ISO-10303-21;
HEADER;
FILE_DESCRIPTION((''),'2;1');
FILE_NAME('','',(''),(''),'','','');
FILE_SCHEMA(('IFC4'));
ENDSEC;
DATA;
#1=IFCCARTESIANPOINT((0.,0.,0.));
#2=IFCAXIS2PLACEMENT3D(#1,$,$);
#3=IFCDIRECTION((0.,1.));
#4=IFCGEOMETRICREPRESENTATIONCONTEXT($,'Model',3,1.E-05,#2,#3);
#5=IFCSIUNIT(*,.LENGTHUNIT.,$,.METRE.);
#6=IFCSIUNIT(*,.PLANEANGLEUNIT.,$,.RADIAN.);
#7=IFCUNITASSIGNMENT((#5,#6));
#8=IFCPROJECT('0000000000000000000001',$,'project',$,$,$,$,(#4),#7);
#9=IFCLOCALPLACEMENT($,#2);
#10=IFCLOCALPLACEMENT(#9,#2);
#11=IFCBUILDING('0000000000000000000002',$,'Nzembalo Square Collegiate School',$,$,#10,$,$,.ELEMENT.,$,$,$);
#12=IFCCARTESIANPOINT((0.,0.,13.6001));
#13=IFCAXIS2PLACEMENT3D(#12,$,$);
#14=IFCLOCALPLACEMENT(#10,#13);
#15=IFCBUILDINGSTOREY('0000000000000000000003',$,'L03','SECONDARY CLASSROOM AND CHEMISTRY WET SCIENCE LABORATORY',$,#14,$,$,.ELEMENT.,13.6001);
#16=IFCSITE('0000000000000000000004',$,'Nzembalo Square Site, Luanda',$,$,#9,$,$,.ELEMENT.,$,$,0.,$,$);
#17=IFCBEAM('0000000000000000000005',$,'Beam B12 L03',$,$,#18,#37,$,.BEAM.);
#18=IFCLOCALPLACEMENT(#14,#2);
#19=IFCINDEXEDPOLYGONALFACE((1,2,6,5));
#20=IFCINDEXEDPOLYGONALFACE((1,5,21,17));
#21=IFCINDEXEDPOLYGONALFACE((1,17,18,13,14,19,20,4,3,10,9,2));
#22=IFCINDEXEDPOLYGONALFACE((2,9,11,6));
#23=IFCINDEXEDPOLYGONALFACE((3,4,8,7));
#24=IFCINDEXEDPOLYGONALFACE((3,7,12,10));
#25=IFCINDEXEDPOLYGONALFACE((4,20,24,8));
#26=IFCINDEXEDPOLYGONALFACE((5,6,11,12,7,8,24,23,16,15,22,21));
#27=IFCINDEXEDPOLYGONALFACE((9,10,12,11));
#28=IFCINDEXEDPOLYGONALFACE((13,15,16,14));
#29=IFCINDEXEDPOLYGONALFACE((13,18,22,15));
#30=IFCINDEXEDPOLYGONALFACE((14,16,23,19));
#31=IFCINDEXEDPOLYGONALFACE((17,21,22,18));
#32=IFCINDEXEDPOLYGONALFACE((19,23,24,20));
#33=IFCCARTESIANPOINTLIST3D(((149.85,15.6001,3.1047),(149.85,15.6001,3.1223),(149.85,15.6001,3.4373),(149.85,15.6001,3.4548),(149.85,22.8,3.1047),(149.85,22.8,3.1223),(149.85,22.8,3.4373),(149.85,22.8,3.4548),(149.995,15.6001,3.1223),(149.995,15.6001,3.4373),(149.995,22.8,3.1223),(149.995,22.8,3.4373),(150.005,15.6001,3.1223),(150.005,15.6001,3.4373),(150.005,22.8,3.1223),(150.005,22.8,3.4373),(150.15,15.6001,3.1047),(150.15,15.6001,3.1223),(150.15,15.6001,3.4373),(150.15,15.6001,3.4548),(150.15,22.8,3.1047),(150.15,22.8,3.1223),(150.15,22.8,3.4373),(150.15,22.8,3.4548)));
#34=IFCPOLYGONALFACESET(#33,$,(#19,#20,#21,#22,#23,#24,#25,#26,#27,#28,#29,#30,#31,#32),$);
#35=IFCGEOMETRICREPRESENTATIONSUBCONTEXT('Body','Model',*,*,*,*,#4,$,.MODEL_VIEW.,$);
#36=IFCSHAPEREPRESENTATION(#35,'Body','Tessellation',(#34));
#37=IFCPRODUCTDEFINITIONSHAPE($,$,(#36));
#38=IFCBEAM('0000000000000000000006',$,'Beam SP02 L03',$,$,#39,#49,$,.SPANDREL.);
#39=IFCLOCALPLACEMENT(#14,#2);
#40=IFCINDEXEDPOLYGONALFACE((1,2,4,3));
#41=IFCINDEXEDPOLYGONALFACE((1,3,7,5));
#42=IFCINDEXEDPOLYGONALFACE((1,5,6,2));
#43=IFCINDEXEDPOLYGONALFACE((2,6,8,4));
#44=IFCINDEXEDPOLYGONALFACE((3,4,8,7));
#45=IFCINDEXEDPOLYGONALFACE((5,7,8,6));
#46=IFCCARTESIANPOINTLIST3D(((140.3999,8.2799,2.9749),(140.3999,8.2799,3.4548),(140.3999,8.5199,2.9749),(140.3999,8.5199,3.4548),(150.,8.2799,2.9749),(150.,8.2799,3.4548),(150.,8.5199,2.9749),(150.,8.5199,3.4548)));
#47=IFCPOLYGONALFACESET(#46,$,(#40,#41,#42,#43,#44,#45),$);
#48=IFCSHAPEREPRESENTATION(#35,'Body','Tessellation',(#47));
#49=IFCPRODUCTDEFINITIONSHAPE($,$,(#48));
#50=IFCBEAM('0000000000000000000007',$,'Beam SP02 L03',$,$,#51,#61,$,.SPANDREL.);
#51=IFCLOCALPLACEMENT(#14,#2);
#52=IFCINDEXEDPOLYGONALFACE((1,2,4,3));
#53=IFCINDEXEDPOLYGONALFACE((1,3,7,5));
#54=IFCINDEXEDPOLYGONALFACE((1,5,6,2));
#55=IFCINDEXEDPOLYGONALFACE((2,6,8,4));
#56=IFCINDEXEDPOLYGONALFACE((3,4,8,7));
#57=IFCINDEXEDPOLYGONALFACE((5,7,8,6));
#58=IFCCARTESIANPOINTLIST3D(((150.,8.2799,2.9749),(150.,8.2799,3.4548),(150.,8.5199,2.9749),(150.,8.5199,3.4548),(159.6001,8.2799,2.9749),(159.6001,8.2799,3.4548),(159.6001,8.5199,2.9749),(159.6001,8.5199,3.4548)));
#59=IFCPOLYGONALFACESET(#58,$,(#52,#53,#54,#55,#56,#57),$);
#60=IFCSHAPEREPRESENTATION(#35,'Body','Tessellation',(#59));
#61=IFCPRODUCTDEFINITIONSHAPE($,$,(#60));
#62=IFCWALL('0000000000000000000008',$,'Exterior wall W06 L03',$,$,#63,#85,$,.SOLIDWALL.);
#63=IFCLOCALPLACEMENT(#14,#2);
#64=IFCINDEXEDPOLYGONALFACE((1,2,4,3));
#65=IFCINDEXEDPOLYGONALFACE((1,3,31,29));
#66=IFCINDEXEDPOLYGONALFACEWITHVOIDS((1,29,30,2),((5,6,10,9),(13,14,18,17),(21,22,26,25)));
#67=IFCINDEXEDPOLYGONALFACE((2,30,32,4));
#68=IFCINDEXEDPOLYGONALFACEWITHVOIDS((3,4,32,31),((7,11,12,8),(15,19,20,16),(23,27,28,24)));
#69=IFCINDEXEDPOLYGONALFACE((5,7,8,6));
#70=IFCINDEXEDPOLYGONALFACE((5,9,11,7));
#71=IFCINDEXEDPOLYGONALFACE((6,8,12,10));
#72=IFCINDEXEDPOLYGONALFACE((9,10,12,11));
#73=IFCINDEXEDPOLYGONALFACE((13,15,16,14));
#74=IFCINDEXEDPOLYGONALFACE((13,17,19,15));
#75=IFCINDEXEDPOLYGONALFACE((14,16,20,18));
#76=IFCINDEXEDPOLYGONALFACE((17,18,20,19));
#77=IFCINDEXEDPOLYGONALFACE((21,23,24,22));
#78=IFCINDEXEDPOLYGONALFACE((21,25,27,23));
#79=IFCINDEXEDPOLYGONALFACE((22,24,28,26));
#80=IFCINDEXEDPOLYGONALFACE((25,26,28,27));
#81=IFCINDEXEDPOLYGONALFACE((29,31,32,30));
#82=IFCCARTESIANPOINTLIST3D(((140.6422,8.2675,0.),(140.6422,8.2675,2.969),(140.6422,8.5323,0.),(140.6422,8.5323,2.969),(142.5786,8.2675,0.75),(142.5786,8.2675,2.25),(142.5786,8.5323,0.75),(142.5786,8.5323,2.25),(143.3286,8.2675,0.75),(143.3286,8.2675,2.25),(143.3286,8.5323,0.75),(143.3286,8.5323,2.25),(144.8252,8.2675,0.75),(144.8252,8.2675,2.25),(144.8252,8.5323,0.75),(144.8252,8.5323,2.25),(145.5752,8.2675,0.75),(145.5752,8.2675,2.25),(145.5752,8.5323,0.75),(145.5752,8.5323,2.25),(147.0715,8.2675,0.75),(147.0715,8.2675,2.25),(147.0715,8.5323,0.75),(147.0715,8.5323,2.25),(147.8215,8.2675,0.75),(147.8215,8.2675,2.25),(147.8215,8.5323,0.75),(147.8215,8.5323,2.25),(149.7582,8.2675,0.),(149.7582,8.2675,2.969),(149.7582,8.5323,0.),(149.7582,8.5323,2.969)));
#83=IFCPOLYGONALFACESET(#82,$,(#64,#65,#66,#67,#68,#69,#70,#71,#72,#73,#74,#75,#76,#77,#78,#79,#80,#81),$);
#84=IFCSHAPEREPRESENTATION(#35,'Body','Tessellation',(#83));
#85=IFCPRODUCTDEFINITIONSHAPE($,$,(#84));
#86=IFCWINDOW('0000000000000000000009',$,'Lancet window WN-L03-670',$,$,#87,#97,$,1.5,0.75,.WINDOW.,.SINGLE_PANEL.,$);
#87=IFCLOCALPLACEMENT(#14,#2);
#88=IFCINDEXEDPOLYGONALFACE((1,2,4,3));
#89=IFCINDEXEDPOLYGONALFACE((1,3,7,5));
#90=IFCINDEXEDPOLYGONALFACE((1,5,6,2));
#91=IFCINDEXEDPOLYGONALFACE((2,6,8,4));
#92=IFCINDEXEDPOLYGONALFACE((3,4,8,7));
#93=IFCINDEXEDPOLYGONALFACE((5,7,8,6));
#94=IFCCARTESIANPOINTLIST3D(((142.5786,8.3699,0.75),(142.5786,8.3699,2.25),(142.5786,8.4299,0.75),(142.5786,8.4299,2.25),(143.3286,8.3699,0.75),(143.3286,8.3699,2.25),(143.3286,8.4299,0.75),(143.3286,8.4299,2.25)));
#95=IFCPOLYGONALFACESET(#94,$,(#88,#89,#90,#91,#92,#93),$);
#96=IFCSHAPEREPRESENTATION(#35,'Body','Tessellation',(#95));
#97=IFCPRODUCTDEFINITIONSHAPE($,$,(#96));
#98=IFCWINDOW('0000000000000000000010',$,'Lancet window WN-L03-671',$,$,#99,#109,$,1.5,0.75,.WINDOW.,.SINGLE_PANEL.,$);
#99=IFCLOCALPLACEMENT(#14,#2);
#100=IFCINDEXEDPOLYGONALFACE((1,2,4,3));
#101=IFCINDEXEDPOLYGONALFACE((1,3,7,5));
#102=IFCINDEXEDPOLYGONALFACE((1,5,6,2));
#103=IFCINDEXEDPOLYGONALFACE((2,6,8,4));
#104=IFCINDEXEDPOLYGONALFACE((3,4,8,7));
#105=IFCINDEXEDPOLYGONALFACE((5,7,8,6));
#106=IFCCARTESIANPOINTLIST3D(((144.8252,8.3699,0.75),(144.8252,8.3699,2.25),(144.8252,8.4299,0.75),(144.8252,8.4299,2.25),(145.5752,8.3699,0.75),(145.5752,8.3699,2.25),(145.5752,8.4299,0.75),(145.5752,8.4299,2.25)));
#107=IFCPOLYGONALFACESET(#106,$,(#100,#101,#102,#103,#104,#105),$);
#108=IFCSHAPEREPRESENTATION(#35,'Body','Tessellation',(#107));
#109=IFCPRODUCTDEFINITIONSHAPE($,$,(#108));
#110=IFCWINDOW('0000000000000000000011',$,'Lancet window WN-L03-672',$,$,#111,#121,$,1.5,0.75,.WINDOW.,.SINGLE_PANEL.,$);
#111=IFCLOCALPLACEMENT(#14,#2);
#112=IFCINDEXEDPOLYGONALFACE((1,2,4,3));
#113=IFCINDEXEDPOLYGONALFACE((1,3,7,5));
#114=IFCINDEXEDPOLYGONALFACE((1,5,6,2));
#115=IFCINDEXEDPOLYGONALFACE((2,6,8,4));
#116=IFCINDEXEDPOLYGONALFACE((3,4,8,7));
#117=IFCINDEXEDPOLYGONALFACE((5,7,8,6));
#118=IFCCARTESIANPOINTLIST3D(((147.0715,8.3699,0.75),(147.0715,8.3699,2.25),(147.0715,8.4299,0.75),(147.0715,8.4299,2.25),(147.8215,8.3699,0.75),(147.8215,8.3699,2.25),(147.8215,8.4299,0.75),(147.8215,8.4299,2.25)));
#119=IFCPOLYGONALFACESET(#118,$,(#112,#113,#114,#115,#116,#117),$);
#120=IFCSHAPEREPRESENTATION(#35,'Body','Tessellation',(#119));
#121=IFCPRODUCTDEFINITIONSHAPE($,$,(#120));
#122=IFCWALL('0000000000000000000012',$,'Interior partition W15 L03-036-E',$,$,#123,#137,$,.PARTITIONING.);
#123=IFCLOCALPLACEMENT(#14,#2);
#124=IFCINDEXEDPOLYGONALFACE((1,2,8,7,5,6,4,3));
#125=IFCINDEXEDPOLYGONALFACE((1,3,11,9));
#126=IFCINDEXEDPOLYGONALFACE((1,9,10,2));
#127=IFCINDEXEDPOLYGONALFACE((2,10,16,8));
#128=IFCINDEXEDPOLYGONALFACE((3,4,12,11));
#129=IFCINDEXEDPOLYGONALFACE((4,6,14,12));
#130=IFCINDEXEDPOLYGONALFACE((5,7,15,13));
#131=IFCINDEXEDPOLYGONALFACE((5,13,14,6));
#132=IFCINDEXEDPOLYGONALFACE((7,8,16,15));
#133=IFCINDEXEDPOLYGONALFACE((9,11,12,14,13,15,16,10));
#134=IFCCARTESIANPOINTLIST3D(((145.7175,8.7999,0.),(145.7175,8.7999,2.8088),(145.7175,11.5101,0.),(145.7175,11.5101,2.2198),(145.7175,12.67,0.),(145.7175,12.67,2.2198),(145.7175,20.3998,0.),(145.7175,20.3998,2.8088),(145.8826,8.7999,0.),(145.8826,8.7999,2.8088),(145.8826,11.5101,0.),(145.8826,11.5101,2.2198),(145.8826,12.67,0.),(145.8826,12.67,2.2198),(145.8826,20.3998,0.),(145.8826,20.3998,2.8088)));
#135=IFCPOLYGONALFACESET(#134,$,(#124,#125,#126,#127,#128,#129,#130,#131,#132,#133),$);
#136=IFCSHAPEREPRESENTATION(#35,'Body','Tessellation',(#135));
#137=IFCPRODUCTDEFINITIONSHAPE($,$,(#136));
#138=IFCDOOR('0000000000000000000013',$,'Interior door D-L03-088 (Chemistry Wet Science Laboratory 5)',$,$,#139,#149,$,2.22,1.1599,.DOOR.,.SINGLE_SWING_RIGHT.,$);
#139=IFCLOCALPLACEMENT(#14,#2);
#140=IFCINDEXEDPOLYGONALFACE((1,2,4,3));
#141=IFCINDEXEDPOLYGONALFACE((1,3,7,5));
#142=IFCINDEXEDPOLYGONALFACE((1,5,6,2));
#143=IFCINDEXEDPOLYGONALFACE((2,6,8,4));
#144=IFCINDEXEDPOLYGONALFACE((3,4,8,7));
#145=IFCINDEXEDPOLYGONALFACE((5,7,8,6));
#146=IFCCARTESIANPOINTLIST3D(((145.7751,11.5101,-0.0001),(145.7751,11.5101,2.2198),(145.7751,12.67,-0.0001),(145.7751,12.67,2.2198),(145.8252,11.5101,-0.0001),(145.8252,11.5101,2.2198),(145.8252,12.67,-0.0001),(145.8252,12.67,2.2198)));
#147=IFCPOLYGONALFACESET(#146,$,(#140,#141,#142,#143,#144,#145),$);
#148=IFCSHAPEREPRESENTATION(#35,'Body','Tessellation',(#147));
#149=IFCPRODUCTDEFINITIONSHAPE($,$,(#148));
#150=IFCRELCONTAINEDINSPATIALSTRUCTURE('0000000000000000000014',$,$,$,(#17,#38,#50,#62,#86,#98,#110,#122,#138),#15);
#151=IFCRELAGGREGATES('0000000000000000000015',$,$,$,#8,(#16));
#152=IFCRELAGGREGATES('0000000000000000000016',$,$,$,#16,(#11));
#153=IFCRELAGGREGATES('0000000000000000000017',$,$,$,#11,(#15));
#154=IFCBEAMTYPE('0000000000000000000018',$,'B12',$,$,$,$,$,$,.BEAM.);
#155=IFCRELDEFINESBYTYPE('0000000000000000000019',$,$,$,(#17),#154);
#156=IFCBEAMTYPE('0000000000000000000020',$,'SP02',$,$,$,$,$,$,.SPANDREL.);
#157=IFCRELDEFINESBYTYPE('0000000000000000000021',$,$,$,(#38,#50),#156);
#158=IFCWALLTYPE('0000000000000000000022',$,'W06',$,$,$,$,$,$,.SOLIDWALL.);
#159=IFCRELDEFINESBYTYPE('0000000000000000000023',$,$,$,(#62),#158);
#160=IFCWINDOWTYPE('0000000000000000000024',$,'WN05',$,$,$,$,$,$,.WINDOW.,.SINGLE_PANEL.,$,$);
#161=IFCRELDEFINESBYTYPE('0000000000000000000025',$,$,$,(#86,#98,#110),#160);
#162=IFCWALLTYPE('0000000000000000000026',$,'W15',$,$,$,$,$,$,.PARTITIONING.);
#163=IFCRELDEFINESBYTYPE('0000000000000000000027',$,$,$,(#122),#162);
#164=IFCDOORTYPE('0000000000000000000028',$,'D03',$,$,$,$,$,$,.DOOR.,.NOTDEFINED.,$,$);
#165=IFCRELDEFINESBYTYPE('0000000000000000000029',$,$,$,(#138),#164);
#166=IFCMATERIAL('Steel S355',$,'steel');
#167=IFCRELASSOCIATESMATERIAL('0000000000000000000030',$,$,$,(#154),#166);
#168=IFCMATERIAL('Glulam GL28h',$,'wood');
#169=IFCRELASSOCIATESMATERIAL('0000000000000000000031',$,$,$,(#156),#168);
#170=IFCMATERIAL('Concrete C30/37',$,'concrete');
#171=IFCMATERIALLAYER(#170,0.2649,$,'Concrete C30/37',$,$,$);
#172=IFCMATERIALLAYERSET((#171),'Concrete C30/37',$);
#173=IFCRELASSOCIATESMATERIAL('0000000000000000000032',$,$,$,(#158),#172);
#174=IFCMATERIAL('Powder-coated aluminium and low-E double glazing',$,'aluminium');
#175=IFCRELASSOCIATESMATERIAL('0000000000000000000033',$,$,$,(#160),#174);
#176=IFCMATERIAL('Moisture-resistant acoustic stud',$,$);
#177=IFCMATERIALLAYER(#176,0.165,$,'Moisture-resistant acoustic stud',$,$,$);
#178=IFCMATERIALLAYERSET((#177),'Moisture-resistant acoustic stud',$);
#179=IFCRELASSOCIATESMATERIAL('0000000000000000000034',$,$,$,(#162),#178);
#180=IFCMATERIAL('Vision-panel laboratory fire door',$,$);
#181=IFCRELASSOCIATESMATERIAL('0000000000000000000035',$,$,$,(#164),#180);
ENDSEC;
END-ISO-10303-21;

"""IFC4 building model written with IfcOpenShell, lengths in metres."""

from ifc_helpers import new_model, si_unit, direction, frame, frame_2d, origin, origin_2d, place, context, subcontext, project, spatial, rectangle, i_section, extrude, material, layer, layer_set, material_profile, profile_set, type_object, element, fill, save


model = new_model("IFC4")

# Units and contexts
model_context = context("Model", 3, precision=1e-05, world=origin(), true_north=direction((0.0, 1.0)))
body_context = subcontext(model_context, "Body", "Model", "MODEL_VIEW")
ifc_project = project(units=[si_unit("LENGTHUNIT", "METRE"), si_unit("PLANEANGLEUNIT", "RADIAN")], contexts=[model_context])

# Site, building, storey
site_placement = place(None, origin())
site = spatial("IfcSite", under=ifc_project, at=site_placement, Name="Nzembalo Square Site, Luanda", CompositionType="ELEMENT", RefElevation=0.0)
building_placement = place(site_placement, origin())
building = spatial("IfcBuilding", under=site, at=building_placement, Name="Nzembalo Square Collegiate School", CompositionType="ELEMENT")
storey_placement = place(building_placement, frame((0.0, 0.0, 13.6001)))
storey = spatial("IfcBuildingStorey", under=building, at=storey_placement, Name="L03", Description="SECONDARY CLASSROOM AND CHEMISTRY WET SCIENCE LABORATORY", CompositionType="ELEMENT", Elevation=13.6001)

# Beams
ifc_material_1 = material(Name="Steel S355", Category="steel")
ifc_material_profile_1 = material_profile(ifc_material_1, i_section(OverallWidth=0.3, OverallDepth=0.3501, WebThickness=0.01, FlangeThickness=0.0176, at=origin_2d()), Name="HEA 360")
ifc_profile_set_1 = profile_set([ifc_material_profile_1], Name="Steel S355")
beam_type_1 = type_object("IfcBeamType", Name="B12", PredefinedType="BEAM", material=ifc_profile_set_1)
beam_1_placement = place(storey_placement, frame((150.0, 15.6001, 3.2798), z_axis=(0.0, 1.0, 0.0), x_axis=(-1.0, 0.0, 0.0)))
element("IfcBeam", 1, at=beam_1_placement, inside=storey, type_object=beam_type_1, Name="Beam B12 L03", PredefinedType="BEAM", context=body_context, shape_type="SweptSolid", body=[
    extrude(i_section(OverallWidth=0.3, OverallDepth=0.3501, WebThickness=0.01, FlangeThickness=0.0176, at=origin_2d()), origin(), (0.0, 0.0, 1.0), 7.2),
])
ifc_material_2 = material(Name="Glulam GL28h", Category="wood")
ifc_material_profile_2 = material_profile(ifc_material_2, rectangle(XDim=0.24, YDim=0.48, at=origin_2d()), Name="GL28h 240x480")
ifc_profile_set_2 = profile_set([ifc_material_profile_2], Name="Glulam GL28h")
beam_type_2 = type_object("IfcBeamType", Name="SP02", PredefinedType="SPANDREL", material=ifc_profile_set_2)
for number, where, z_axis, x_axis, name in (
    (2, (140.3999, 8.3999, 3.2148), (1.0, 0.0, 0.0), (0.0, 1.0, 0.0), "Beam SP02 L03"),
    (3, (150.0, 8.3999, 3.2148), (1.0, 0.0, 0.0), (0.0, 1.0, 0.0), "Beam SP02 L03"),
):
    element("IfcBeam", number, at=place(storey_placement, frame(where, z_axis=z_axis, x_axis=x_axis)), inside=storey, type_object=beam_type_2, Name=name, PredefinedType="SPANDREL", context=body_context, shape_type="SweptSolid", body=[
        extrude(rectangle(XDim=0.24, YDim=0.48, at=origin_2d()), origin(), (0.0, 0.0, 1.0), 9.6001),
    ])

# Wall, openings, windows
ifc_material_3 = material(Name="Concrete C30/37", Category="concrete")
ifc_layer_1 = layer(ifc_material_3, 0.2649, Name="Concrete C30/37")
ifc_layer_set_1 = layer_set([ifc_layer_1], Name="Concrete C30/37")
wall_type_1 = type_object("IfcWallType", Name="W06", PredefinedType="SOLIDWALL", material=ifc_layer_set_1)
wall_1_placement = place(storey_placement, frame((140.6421, 8.3999, 0.0), z_axis=(0.0, 0.0, 1.0), x_axis=(1.0, 0.0, 0.0)))
wall_1 = element("IfcWall", 4, at=wall_1_placement, inside=storey, type_object=wall_type_1, Name="Exterior wall W06 L03", PredefinedType="SOLIDWALL", context=body_context, shape_type="SweptSolid", body=[
    extrude(rectangle(XDim=9.116, YDim=0.2649, at=frame_2d((4.5581, 0.0))), origin(), (0.0, 0.0, 1.0), 2.969),
])
opening_1_placement = place(wall_1_placement, frame((1.9365, 0.0, 0.75)))
opening_1 = element("IfcOpeningElement", 5, at=opening_1_placement, cuts=wall_1, PredefinedType="OPENING", context=body_context, shape_type="SweptSolid", body=[
    extrude(rectangle(XDim=0.75, YDim=1.5, at=frame_2d((0.375, 0.75))), frame((0.0, 0.1426, 0.0), z_axis=(0.0, -1.0, 0.0), x_axis=(1.0, 0.0, 0.0)), (0.0, 0.0, 1.0), 0.2849),
])
opening_2_placement = place(wall_1_placement, frame((4.1831, 0.0, 0.75)))
opening_2 = element("IfcOpeningElement", 6, at=opening_2_placement, cuts=wall_1, PredefinedType="OPENING", context=body_context, shape_type="SweptSolid", body=[
    extrude(rectangle(XDim=0.75, YDim=1.5, at=frame_2d((0.375, 0.75))), frame((0.0, 0.1426, 0.0), z_axis=(0.0, -1.0, 0.0), x_axis=(1.0, 0.0, 0.0)), (0.0, 0.0, 1.0), 0.2849),
])
opening_3_placement = place(wall_1_placement, frame((6.4294, 0.0, 0.75)))
opening_3 = element("IfcOpeningElement", 7, at=opening_3_placement, cuts=wall_1, PredefinedType="OPENING", context=body_context, shape_type="SweptSolid", body=[
    extrude(rectangle(XDim=0.75, YDim=1.5, at=frame_2d((0.375, 0.75))), frame((0.0, 0.1426, 0.0), z_axis=(0.0, -1.0, 0.0), x_axis=(1.0, 0.0, 0.0)), (0.0, 0.0, 1.0), 0.2849),
])
ifc_material_4 = material(Name="Powder-coated aluminium and low-E double glazing", Category="aluminium")
window_type = type_object("IfcWindowType", Name="WN05", PartitioningType="SINGLE_PANEL", PredefinedType="WINDOW", material=ifc_material_4)
window_1_placement = place(opening_1_placement, origin())
window_1 = element("IfcWindow", 8, at=window_1_placement, inside=storey, type_object=window_type, Name="Lancet window WN-L03-670", OverallHeight=1.5, OverallWidth=0.75, PartitioningType="SINGLE_PANEL", PredefinedType="WINDOW", context=body_context, shape_type="SweptSolid", body=[
    extrude(rectangle(XDim=0.75, YDim=1.5, at=frame_2d((0.375, 0.75))), frame((0.0, 0.03, 0.0), z_axis=(0.0, -1.0, 0.0), x_axis=(1.0, 0.0, 0.0)), (0.0, 0.0, 1.0), 0.0601),
])
fill(opening_1, window_1)
window_2_placement = place(opening_2_placement, origin())
window_2 = element("IfcWindow", 9, at=window_2_placement, inside=storey, type_object=window_type, Name="Lancet window WN-L03-671", OverallHeight=1.5, OverallWidth=0.75, PartitioningType="SINGLE_PANEL", PredefinedType="WINDOW", context=body_context, shape_type="SweptSolid", body=[
    extrude(rectangle(XDim=0.75, YDim=1.5, at=frame_2d((0.375, 0.75))), frame((0.0, 0.03, 0.0), z_axis=(0.0, -1.0, 0.0), x_axis=(1.0, 0.0, 0.0)), (0.0, 0.0, 1.0), 0.0601),
])
fill(opening_2, window_2)
window_3_placement = place(opening_3_placement, origin())
window_3 = element("IfcWindow", 10, at=window_3_placement, inside=storey, type_object=window_type, Name="Lancet window WN-L03-672", OverallHeight=1.5, OverallWidth=0.75, PartitioningType="SINGLE_PANEL", PredefinedType="WINDOW", context=body_context, shape_type="SweptSolid", body=[
    extrude(rectangle(XDim=0.75, YDim=1.5, at=frame_2d((0.375, 0.75))), frame((0.0, 0.03, 0.0), z_axis=(0.0, -1.0, 0.0), x_axis=(1.0, 0.0, 0.0)), (0.0, 0.0, 1.0), 0.0601),
])
fill(opening_3, window_3)

# Wall, opening, door
ifc_material_5 = material(Name="Moisture-resistant acoustic stud")
ifc_layer_2 = layer(ifc_material_5, 0.165, Name="Moisture-resistant acoustic stud")
ifc_layer_set_2 = layer_set([ifc_layer_2], Name="Moisture-resistant acoustic stud")
wall_type_2 = type_object("IfcWallType", Name="W15", PredefinedType="PARTITIONING", material=ifc_layer_set_2)
wall_2_placement = place(storey_placement, frame((145.8, 8.8, 0.0), z_axis=(0.0, 0.0, 1.0), x_axis=(0.0, 1.0, 0.0)))
wall_2 = element("IfcWall", 11, at=wall_2_placement, inside=storey, type_object=wall_type_2, Name="Interior partition W15 L03-036-E", PredefinedType="PARTITIONING", context=body_context, shape_type="SweptSolid", body=[
    extrude(rectangle(XDim=11.5999, YDim=0.165, at=frame_2d((5.7998, 0.0))), origin(), (0.0, 0.0, 1.0), 2.8088),
])
opening_4_placement = place(wall_2_placement, frame((2.71, 0.0, 0.0)))
opening_4 = element("IfcOpeningElement", 12, at=opening_4_placement, cuts=wall_2, PredefinedType="OPENING", context=body_context, shape_type="SweptSolid", body=[
    extrude(rectangle(XDim=1.1599, YDim=2.22, at=frame_2d((0.5801, 1.1099))), frame((0.0, 0.0925, 0.0), z_axis=(0.0, -1.0, 0.0), x_axis=(1.0, 0.0, 0.0)), (0.0, 0.0, 1.0), 0.1851),
])
ifc_material_6 = material(Name="Vision-panel laboratory fire door")
door_type = type_object("IfcDoorType", Name="D03", OperationType="NOTDEFINED", PredefinedType="DOOR", material=ifc_material_6)
door_1_placement = place(opening_4_placement, origin())
door_1 = element("IfcDoor", 13, at=door_1_placement, inside=storey, type_object=door_type, Name="Interior door D-L03-088 (Chemistry Wet Science Laboratory 5)", OperationType="SINGLE_SWING_RIGHT", OverallHeight=2.22, OverallWidth=1.1599, PredefinedType="DOOR", context=body_context, shape_type="SweptSolid", body=[
    extrude(rectangle(XDim=1.1599, YDim=2.22, at=frame_2d((0.5801, 1.1099))), frame((0.0, 0.0249, 0.0), z_axis=(0.0, -1.0, 0.0), x_axis=(1.0, 0.0, 0.0)), (0.0, 0.0, 1.0), 0.05),
])
fill(opening_4, door_1)

save(model, "model.ifc")
